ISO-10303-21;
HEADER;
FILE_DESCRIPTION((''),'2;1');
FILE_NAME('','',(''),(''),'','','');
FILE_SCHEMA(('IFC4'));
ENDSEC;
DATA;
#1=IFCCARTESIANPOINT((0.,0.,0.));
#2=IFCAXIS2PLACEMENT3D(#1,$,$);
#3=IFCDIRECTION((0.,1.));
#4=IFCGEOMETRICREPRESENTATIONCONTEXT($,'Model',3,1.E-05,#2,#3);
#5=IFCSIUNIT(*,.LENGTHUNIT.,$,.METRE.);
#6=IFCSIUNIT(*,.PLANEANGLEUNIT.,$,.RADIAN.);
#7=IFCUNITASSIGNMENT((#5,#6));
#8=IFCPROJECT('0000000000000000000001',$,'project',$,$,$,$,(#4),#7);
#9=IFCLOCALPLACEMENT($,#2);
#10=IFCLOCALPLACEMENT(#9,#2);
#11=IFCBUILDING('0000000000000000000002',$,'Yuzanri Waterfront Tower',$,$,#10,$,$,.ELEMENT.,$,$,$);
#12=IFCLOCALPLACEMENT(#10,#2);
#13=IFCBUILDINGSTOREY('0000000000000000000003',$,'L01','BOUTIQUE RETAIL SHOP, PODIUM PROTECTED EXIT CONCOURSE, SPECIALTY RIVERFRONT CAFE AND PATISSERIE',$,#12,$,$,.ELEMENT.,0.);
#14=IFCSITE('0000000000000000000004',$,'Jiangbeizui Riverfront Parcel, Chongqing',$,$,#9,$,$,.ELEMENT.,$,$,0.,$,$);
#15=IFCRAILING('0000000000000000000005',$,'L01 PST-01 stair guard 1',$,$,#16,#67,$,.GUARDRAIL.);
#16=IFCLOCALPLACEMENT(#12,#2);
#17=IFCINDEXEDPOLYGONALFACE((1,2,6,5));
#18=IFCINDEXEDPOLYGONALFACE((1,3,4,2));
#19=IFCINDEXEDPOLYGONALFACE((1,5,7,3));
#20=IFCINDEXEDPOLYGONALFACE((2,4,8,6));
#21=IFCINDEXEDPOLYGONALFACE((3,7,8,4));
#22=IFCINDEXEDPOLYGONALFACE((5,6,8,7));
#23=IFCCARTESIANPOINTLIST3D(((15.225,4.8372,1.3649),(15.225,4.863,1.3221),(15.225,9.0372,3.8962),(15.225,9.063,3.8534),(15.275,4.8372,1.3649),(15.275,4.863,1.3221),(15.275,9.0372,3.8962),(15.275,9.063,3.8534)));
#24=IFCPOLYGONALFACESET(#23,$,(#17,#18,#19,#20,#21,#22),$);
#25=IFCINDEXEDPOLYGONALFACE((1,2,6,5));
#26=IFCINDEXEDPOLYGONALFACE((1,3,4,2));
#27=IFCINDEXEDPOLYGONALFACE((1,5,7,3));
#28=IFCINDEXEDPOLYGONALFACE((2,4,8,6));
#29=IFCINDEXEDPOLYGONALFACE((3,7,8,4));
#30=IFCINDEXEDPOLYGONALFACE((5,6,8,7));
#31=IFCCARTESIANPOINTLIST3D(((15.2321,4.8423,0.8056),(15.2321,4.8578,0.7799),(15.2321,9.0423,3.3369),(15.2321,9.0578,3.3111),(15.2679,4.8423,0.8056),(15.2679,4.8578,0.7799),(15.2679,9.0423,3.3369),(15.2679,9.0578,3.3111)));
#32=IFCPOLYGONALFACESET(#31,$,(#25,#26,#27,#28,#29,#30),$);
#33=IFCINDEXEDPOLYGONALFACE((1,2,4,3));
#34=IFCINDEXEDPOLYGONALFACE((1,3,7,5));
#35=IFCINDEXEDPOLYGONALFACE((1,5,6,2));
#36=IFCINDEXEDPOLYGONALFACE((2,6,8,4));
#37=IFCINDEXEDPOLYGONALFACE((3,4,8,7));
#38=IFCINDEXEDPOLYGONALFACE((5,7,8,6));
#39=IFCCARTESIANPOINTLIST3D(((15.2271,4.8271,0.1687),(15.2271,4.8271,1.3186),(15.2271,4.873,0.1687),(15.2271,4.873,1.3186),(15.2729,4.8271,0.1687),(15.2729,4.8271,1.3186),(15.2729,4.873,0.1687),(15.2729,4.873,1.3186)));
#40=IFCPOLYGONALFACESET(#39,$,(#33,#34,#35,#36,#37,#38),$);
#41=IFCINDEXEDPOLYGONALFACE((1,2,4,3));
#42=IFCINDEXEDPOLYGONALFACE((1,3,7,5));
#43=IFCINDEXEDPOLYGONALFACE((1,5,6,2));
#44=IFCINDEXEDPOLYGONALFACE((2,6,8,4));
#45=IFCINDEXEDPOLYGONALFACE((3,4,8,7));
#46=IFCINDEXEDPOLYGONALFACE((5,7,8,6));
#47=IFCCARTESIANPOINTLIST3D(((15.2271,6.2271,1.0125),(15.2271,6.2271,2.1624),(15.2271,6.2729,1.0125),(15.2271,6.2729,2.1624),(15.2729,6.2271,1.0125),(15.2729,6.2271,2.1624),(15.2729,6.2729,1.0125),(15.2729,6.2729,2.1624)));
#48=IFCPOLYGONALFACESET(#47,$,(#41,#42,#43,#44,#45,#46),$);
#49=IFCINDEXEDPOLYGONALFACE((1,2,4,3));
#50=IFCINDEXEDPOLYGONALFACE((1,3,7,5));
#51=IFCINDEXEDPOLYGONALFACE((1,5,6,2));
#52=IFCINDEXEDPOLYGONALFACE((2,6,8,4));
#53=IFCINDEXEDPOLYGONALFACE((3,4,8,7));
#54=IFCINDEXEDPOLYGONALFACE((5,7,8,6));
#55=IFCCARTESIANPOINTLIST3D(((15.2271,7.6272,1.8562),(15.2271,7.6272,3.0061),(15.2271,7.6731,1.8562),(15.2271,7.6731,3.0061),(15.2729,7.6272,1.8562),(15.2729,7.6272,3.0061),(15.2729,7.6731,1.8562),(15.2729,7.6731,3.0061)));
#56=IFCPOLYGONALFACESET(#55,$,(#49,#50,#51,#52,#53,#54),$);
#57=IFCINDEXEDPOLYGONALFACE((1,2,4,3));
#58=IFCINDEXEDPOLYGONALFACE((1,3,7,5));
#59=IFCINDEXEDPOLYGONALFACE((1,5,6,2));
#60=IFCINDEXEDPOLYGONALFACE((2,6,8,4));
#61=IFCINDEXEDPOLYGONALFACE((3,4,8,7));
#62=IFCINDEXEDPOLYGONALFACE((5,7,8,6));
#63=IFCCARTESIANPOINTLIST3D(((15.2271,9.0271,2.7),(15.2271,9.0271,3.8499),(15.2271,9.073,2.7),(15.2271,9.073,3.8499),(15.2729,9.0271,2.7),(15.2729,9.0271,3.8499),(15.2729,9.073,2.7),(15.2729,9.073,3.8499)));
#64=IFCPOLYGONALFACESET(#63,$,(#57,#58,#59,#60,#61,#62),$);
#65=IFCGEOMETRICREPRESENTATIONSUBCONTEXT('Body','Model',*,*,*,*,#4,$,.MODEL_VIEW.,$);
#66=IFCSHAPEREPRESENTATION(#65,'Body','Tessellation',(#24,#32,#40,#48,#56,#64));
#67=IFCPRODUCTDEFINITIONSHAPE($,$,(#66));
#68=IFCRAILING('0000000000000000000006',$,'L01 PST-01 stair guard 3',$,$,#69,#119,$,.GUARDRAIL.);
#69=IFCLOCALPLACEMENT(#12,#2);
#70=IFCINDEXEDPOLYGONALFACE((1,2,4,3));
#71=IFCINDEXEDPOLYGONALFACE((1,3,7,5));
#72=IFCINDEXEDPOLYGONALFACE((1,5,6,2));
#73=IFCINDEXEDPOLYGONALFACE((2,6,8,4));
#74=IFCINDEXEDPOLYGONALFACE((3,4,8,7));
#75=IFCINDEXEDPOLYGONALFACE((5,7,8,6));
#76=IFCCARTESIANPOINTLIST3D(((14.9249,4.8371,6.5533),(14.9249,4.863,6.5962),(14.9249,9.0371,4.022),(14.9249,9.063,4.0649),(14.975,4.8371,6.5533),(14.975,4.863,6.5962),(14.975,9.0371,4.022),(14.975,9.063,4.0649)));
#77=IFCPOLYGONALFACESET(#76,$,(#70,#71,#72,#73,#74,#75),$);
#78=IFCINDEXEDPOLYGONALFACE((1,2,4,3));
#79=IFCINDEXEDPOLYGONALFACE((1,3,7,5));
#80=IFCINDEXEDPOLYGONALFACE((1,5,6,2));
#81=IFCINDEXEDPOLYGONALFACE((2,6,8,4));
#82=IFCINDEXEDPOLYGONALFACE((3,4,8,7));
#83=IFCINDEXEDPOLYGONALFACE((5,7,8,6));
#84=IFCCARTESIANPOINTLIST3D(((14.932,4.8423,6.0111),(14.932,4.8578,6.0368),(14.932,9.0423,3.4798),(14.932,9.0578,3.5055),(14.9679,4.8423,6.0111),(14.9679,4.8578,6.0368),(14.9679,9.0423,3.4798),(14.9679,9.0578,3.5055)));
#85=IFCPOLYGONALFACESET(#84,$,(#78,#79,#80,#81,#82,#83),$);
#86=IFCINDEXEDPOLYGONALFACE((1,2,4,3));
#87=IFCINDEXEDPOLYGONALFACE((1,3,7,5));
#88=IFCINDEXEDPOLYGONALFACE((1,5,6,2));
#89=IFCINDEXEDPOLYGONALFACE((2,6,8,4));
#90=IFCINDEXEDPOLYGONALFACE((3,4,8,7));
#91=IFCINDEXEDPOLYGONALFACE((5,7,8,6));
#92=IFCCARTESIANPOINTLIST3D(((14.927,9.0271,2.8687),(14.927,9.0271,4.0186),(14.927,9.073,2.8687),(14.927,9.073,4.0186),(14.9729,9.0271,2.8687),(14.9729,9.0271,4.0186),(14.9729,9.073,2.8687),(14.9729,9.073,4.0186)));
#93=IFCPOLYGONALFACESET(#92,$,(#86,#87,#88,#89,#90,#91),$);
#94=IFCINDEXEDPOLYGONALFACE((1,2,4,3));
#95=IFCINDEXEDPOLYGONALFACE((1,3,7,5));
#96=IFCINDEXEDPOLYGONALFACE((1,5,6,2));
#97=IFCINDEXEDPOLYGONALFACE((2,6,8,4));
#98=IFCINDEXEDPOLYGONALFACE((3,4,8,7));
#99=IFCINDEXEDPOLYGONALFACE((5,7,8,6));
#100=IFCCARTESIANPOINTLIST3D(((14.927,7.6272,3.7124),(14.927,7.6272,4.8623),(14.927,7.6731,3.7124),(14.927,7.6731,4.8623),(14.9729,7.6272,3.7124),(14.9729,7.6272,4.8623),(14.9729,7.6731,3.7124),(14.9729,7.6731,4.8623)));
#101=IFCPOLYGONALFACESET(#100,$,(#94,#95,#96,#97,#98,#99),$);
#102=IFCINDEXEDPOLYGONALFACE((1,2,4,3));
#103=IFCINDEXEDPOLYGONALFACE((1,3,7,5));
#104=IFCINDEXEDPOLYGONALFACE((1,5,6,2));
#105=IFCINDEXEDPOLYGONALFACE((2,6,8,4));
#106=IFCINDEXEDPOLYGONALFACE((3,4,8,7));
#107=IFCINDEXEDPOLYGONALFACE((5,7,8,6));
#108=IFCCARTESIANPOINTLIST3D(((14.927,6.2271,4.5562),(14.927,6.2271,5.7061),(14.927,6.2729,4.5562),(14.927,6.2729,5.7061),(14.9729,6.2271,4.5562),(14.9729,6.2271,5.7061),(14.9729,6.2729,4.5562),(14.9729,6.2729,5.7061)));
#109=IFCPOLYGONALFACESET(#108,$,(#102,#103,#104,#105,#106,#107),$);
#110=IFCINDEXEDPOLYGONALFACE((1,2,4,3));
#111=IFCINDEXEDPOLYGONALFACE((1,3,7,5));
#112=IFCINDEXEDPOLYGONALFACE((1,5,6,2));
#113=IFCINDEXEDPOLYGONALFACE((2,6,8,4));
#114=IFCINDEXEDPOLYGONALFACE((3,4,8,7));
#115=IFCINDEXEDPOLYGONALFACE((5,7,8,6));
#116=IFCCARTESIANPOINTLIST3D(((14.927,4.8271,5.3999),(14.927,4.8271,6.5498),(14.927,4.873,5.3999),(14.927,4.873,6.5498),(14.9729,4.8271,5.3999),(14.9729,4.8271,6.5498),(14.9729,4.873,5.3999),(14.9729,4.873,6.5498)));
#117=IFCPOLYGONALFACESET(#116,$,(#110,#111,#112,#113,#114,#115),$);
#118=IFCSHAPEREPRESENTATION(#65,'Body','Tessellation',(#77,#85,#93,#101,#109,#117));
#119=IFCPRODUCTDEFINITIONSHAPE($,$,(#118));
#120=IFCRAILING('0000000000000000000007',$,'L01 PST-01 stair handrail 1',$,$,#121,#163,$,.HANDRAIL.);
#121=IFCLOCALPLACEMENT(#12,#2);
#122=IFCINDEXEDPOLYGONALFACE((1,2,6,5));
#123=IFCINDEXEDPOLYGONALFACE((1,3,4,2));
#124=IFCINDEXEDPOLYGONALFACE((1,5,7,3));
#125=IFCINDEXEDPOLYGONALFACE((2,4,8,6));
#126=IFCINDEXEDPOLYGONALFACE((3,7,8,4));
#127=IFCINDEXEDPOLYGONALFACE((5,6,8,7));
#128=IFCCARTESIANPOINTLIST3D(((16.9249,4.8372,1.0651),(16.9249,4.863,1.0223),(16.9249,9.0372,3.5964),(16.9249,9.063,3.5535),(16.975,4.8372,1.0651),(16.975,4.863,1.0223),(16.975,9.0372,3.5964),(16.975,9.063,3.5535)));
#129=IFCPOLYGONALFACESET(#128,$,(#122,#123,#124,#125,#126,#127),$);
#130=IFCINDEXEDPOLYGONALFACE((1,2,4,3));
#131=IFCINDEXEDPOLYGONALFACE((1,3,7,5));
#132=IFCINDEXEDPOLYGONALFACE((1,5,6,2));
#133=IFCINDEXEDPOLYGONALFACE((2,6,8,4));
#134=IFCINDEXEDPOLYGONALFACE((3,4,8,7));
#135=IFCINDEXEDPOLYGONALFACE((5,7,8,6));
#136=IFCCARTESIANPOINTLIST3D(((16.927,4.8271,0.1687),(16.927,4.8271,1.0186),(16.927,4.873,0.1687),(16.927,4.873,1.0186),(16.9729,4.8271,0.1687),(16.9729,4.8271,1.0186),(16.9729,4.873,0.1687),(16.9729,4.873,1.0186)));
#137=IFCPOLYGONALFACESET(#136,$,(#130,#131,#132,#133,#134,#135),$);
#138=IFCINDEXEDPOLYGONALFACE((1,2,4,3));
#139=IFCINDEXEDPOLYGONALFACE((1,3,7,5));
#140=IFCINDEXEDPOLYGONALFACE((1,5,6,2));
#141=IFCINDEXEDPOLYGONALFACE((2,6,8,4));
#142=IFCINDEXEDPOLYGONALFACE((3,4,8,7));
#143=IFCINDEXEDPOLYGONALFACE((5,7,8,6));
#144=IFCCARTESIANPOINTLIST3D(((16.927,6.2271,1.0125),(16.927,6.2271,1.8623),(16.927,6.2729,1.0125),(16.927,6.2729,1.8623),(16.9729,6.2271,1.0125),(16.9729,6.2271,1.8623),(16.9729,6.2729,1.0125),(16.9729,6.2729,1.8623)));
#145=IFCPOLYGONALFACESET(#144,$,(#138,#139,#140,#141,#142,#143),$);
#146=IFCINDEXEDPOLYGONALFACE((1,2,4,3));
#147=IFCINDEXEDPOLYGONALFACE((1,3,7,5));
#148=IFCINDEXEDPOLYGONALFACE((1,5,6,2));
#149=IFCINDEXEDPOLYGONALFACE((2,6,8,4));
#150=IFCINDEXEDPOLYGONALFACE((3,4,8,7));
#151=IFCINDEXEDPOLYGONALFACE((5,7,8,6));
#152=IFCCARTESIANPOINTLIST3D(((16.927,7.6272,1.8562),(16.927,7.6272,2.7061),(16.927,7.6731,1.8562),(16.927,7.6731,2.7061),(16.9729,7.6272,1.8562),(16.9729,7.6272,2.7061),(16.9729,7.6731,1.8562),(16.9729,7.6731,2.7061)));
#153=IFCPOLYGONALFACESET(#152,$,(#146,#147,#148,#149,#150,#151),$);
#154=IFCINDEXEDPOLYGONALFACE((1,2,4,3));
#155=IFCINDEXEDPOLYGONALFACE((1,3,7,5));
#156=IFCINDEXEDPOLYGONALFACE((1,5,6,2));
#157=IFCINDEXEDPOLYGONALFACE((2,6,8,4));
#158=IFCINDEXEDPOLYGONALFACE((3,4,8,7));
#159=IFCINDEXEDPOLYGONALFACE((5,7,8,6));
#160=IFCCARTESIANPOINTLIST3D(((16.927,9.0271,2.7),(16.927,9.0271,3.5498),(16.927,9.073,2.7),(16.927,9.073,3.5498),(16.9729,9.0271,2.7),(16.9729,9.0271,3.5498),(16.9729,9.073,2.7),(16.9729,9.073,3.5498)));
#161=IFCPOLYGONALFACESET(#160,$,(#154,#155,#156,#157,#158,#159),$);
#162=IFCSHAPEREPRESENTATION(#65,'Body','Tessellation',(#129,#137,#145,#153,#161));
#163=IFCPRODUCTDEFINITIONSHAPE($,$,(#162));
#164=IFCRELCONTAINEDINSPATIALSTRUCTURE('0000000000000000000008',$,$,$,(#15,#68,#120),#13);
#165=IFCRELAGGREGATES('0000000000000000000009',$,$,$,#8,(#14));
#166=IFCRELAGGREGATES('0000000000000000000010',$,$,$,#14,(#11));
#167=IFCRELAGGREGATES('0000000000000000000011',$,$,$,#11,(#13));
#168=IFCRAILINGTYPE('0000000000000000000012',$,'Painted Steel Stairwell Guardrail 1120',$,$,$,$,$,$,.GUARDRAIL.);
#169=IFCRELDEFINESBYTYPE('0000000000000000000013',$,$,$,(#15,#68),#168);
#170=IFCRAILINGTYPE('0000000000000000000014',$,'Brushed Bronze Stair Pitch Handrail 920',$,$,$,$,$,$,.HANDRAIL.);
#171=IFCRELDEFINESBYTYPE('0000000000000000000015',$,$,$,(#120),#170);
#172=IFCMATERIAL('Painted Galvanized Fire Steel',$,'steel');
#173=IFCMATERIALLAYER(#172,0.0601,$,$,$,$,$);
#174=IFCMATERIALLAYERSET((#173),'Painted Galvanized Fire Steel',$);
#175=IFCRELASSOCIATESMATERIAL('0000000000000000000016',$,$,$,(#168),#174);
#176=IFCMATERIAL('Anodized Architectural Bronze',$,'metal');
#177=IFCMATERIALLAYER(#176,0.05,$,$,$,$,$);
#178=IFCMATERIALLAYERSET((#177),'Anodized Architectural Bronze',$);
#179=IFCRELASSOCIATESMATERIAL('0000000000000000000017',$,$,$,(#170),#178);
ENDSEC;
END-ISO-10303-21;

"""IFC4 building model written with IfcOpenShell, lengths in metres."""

from ifc_helpers import new_model, si_unit, direction, frame, origin, origin_2d, place, context, subcontext, project, spatial, rectangle, extrude, source, transform, mapped, material, layer, layer_set, type_object, element, save


model = new_model("IFC4")

# Units and contexts
model_context = context("Model", 3, precision=1e-05, world=origin(), true_north=direction((0.0, 1.0)))
body_context = subcontext(model_context, "Body", "Model", "MODEL_VIEW")
ifc_project = project(units=[si_unit("LENGTHUNIT", "METRE"), si_unit("PLANEANGLEUNIT", "RADIAN")], contexts=[model_context])

# Site, building, storey
site_placement = place(None, origin())
site = spatial("IfcSite", under=ifc_project, at=site_placement, Name="Jiangbeizui Riverfront Parcel, Chongqing", CompositionType="ELEMENT", RefElevation=0.0)
building_placement = place(site_placement, origin())
building = spatial("IfcBuilding", under=site, at=building_placement, Name="Yuzanri Waterfront Tower", CompositionType="ELEMENT")
storey_placement = place(building_placement, origin())
storey = spatial("IfcBuildingStorey", under=building, at=storey_placement, Name="L01", Description="BOUTIQUE RETAIL SHOP, PODIUM PROTECTED EXIT CONCOURSE, SPECIALTY RIVERFRONT CAFE AND PATISSERIE", CompositionType="ELEMENT", Elevation=0.0)

# Railings
ifc_material_1 = material(Name="Painted Galvanized Fire Steel", Category="steel")
ifc_layer_1 = layer(ifc_material_1, 0.0601)
ifc_layer_set_1 = layer_set([ifc_layer_1], Name="Painted Galvanized Fire Steel")
railing_type_1 = type_object("IfcRailingType", Name="Painted Steel Stairwell Guardrail 1120", PredefinedType="GUARDRAIL", material=ifc_layer_set_1)
shared_shape_1 = source(origin(), body_context, "Body", "SweptSolid", [
    extrude(rectangle(XDim=0.05, YDim=0.05, at=origin_2d()), frame((0.0, 0.0, 1.1748), z_axis=(0.0, 0.856476, 0.516186), x_axis=(-1.0, 0.0, 0.0)), (0.0, 0.0, 1.0), 4.9038),
    extrude(rectangle(XDim=0.0359, YDim=0.03, at=origin_2d()), frame((0.0, 0.0, 0.624), z_axis=(0.0, 0.856476, 0.516186), x_axis=(-1.0, 0.0, 0.0)), (0.0, 0.0, 1.0), 4.9038),
    extrude(rectangle(XDim=0.0459, YDim=0.0459, at=origin_2d()), origin(), (0.0, 0.0, 1.0), 1.1499),
    extrude(rectangle(XDim=0.0459, YDim=0.0459, at=origin_2d()), frame((0.0, 1.3999, 0.8438)), (0.0, 0.0, 1.0), 1.1499),
    extrude(rectangle(XDim=0.0459, YDim=0.0459, at=origin_2d()), frame((0.0, 2.8, 1.6875)), (0.0, 0.0, 1.0), 1.1499),
    extrude(rectangle(XDim=0.0459, YDim=0.0459, at=origin_2d()), frame((0.0, 4.2, 2.5312)), (0.0, 0.0, 1.0), 1.1499),
])
railing_1_placement = place(storey_placement, frame((15.25, 4.8501, 0.1687)))
element("IfcRailing", 1, at=railing_1_placement, inside=storey, type_object=railing_type_1, Name="L01 PST-01 stair guard 1", PredefinedType="GUARDRAIL", context=body_context, shape_type="MappedRepresentation", body=[
    mapped(shared_shape_1, transform((0.0, 0.0, 0.0), scale=1.0)),
])
shared_shape_2 = source(origin(), body_context, "Body", "SweptSolid", [
    extrude(rectangle(XDim=0.05, YDim=0.05, at=origin_2d()), frame((0.0, 0.0, 1.1748), z_axis=(0.0, -0.856476, 0.516186), x_axis=(1.0, 0.0, 0.0)), (0.0, 0.0, 1.0), 4.9038),
    extrude(rectangle(XDim=0.0359, YDim=0.03, at=origin_2d()), frame((0.0, 0.0, 0.624), z_axis=(0.0, -0.856476, 0.516186), x_axis=(1.0, 0.0, 0.0)), (0.0, 0.0, 1.0), 4.9038),
    extrude(rectangle(XDim=0.0459, YDim=0.0459, at=origin_2d()), origin(), (0.0, 0.0, 1.0), 1.1499),
    extrude(rectangle(XDim=0.0459, YDim=0.0459, at=origin_2d()), frame((0.0, -1.3999, 0.8438)), (0.0, 0.0, 1.0), 1.1499),
    extrude(rectangle(XDim=0.0459, YDim=0.0459, at=origin_2d()), frame((0.0, -2.8, 1.6875)), (0.0, 0.0, 1.0), 1.1499),
    extrude(rectangle(XDim=0.0459, YDim=0.0459, at=origin_2d()), frame((0.0, -4.2, 2.5312)), (0.0, 0.0, 1.0), 1.1499),
])
railing_2_placement = place(storey_placement, frame((14.95, 9.05, 2.8687)))
element("IfcRailing", 2, at=railing_2_placement, inside=storey, type_object=railing_type_1, Name="L01 PST-01 stair guard 3", PredefinedType="GUARDRAIL", context=body_context, shape_type="MappedRepresentation", body=[
    mapped(shared_shape_2, transform((0.0, 0.0, 0.0), scale=1.0)),
])
ifc_material_2 = material(Name="Anodized Architectural Bronze", Category="metal")
ifc_layer_2 = layer(ifc_material_2, 0.05)
ifc_layer_set_2 = layer_set([ifc_layer_2], Name="Anodized Architectural Bronze")
railing_type_2 = type_object("IfcRailingType", Name="Brushed Bronze Stair Pitch Handrail 920", PredefinedType="HANDRAIL", material=ifc_layer_set_2)
shared_shape_3 = source(origin(), body_context, "Body", "SweptSolid", [
    extrude(rectangle(XDim=0.05, YDim=0.05, at=origin_2d()), frame((0.0, 0.0, 0.875), z_axis=(0.0, 0.856476, 0.516186), x_axis=(-1.0, 0.0, 0.0)), (0.0, 0.0, 1.0), 4.9038),
    extrude(rectangle(XDim=0.0459, YDim=0.0459, at=origin_2d()), origin(), (0.0, 0.0, 1.0), 0.8499),
    extrude(rectangle(XDim=0.0459, YDim=0.0459, at=origin_2d()), frame((0.0, 1.3999, 0.8438)), (0.0, 0.0, 1.0), 0.8499),
    extrude(rectangle(XDim=0.0459, YDim=0.0459, at=origin_2d()), frame((0.0, 2.8, 1.6875)), (0.0, 0.0, 1.0), 0.8499),
    extrude(rectangle(XDim=0.0459, YDim=0.0459, at=origin_2d()), frame((0.0, 4.2, 2.5312)), (0.0, 0.0, 1.0), 0.8499),
])
railing_3_placement = place(storey_placement, frame((16.95, 4.8501, 0.1687)))
element("IfcRailing", 3, at=railing_3_placement, inside=storey, type_object=railing_type_2, Name="L01 PST-01 stair handrail 1", PredefinedType="HANDRAIL", context=body_context, shape_type="MappedRepresentation", body=[
    mapped(shared_shape_3, transform((0.0, 0.0, 0.0), scale=1.0)),
])

save(model, "model.ifc")
